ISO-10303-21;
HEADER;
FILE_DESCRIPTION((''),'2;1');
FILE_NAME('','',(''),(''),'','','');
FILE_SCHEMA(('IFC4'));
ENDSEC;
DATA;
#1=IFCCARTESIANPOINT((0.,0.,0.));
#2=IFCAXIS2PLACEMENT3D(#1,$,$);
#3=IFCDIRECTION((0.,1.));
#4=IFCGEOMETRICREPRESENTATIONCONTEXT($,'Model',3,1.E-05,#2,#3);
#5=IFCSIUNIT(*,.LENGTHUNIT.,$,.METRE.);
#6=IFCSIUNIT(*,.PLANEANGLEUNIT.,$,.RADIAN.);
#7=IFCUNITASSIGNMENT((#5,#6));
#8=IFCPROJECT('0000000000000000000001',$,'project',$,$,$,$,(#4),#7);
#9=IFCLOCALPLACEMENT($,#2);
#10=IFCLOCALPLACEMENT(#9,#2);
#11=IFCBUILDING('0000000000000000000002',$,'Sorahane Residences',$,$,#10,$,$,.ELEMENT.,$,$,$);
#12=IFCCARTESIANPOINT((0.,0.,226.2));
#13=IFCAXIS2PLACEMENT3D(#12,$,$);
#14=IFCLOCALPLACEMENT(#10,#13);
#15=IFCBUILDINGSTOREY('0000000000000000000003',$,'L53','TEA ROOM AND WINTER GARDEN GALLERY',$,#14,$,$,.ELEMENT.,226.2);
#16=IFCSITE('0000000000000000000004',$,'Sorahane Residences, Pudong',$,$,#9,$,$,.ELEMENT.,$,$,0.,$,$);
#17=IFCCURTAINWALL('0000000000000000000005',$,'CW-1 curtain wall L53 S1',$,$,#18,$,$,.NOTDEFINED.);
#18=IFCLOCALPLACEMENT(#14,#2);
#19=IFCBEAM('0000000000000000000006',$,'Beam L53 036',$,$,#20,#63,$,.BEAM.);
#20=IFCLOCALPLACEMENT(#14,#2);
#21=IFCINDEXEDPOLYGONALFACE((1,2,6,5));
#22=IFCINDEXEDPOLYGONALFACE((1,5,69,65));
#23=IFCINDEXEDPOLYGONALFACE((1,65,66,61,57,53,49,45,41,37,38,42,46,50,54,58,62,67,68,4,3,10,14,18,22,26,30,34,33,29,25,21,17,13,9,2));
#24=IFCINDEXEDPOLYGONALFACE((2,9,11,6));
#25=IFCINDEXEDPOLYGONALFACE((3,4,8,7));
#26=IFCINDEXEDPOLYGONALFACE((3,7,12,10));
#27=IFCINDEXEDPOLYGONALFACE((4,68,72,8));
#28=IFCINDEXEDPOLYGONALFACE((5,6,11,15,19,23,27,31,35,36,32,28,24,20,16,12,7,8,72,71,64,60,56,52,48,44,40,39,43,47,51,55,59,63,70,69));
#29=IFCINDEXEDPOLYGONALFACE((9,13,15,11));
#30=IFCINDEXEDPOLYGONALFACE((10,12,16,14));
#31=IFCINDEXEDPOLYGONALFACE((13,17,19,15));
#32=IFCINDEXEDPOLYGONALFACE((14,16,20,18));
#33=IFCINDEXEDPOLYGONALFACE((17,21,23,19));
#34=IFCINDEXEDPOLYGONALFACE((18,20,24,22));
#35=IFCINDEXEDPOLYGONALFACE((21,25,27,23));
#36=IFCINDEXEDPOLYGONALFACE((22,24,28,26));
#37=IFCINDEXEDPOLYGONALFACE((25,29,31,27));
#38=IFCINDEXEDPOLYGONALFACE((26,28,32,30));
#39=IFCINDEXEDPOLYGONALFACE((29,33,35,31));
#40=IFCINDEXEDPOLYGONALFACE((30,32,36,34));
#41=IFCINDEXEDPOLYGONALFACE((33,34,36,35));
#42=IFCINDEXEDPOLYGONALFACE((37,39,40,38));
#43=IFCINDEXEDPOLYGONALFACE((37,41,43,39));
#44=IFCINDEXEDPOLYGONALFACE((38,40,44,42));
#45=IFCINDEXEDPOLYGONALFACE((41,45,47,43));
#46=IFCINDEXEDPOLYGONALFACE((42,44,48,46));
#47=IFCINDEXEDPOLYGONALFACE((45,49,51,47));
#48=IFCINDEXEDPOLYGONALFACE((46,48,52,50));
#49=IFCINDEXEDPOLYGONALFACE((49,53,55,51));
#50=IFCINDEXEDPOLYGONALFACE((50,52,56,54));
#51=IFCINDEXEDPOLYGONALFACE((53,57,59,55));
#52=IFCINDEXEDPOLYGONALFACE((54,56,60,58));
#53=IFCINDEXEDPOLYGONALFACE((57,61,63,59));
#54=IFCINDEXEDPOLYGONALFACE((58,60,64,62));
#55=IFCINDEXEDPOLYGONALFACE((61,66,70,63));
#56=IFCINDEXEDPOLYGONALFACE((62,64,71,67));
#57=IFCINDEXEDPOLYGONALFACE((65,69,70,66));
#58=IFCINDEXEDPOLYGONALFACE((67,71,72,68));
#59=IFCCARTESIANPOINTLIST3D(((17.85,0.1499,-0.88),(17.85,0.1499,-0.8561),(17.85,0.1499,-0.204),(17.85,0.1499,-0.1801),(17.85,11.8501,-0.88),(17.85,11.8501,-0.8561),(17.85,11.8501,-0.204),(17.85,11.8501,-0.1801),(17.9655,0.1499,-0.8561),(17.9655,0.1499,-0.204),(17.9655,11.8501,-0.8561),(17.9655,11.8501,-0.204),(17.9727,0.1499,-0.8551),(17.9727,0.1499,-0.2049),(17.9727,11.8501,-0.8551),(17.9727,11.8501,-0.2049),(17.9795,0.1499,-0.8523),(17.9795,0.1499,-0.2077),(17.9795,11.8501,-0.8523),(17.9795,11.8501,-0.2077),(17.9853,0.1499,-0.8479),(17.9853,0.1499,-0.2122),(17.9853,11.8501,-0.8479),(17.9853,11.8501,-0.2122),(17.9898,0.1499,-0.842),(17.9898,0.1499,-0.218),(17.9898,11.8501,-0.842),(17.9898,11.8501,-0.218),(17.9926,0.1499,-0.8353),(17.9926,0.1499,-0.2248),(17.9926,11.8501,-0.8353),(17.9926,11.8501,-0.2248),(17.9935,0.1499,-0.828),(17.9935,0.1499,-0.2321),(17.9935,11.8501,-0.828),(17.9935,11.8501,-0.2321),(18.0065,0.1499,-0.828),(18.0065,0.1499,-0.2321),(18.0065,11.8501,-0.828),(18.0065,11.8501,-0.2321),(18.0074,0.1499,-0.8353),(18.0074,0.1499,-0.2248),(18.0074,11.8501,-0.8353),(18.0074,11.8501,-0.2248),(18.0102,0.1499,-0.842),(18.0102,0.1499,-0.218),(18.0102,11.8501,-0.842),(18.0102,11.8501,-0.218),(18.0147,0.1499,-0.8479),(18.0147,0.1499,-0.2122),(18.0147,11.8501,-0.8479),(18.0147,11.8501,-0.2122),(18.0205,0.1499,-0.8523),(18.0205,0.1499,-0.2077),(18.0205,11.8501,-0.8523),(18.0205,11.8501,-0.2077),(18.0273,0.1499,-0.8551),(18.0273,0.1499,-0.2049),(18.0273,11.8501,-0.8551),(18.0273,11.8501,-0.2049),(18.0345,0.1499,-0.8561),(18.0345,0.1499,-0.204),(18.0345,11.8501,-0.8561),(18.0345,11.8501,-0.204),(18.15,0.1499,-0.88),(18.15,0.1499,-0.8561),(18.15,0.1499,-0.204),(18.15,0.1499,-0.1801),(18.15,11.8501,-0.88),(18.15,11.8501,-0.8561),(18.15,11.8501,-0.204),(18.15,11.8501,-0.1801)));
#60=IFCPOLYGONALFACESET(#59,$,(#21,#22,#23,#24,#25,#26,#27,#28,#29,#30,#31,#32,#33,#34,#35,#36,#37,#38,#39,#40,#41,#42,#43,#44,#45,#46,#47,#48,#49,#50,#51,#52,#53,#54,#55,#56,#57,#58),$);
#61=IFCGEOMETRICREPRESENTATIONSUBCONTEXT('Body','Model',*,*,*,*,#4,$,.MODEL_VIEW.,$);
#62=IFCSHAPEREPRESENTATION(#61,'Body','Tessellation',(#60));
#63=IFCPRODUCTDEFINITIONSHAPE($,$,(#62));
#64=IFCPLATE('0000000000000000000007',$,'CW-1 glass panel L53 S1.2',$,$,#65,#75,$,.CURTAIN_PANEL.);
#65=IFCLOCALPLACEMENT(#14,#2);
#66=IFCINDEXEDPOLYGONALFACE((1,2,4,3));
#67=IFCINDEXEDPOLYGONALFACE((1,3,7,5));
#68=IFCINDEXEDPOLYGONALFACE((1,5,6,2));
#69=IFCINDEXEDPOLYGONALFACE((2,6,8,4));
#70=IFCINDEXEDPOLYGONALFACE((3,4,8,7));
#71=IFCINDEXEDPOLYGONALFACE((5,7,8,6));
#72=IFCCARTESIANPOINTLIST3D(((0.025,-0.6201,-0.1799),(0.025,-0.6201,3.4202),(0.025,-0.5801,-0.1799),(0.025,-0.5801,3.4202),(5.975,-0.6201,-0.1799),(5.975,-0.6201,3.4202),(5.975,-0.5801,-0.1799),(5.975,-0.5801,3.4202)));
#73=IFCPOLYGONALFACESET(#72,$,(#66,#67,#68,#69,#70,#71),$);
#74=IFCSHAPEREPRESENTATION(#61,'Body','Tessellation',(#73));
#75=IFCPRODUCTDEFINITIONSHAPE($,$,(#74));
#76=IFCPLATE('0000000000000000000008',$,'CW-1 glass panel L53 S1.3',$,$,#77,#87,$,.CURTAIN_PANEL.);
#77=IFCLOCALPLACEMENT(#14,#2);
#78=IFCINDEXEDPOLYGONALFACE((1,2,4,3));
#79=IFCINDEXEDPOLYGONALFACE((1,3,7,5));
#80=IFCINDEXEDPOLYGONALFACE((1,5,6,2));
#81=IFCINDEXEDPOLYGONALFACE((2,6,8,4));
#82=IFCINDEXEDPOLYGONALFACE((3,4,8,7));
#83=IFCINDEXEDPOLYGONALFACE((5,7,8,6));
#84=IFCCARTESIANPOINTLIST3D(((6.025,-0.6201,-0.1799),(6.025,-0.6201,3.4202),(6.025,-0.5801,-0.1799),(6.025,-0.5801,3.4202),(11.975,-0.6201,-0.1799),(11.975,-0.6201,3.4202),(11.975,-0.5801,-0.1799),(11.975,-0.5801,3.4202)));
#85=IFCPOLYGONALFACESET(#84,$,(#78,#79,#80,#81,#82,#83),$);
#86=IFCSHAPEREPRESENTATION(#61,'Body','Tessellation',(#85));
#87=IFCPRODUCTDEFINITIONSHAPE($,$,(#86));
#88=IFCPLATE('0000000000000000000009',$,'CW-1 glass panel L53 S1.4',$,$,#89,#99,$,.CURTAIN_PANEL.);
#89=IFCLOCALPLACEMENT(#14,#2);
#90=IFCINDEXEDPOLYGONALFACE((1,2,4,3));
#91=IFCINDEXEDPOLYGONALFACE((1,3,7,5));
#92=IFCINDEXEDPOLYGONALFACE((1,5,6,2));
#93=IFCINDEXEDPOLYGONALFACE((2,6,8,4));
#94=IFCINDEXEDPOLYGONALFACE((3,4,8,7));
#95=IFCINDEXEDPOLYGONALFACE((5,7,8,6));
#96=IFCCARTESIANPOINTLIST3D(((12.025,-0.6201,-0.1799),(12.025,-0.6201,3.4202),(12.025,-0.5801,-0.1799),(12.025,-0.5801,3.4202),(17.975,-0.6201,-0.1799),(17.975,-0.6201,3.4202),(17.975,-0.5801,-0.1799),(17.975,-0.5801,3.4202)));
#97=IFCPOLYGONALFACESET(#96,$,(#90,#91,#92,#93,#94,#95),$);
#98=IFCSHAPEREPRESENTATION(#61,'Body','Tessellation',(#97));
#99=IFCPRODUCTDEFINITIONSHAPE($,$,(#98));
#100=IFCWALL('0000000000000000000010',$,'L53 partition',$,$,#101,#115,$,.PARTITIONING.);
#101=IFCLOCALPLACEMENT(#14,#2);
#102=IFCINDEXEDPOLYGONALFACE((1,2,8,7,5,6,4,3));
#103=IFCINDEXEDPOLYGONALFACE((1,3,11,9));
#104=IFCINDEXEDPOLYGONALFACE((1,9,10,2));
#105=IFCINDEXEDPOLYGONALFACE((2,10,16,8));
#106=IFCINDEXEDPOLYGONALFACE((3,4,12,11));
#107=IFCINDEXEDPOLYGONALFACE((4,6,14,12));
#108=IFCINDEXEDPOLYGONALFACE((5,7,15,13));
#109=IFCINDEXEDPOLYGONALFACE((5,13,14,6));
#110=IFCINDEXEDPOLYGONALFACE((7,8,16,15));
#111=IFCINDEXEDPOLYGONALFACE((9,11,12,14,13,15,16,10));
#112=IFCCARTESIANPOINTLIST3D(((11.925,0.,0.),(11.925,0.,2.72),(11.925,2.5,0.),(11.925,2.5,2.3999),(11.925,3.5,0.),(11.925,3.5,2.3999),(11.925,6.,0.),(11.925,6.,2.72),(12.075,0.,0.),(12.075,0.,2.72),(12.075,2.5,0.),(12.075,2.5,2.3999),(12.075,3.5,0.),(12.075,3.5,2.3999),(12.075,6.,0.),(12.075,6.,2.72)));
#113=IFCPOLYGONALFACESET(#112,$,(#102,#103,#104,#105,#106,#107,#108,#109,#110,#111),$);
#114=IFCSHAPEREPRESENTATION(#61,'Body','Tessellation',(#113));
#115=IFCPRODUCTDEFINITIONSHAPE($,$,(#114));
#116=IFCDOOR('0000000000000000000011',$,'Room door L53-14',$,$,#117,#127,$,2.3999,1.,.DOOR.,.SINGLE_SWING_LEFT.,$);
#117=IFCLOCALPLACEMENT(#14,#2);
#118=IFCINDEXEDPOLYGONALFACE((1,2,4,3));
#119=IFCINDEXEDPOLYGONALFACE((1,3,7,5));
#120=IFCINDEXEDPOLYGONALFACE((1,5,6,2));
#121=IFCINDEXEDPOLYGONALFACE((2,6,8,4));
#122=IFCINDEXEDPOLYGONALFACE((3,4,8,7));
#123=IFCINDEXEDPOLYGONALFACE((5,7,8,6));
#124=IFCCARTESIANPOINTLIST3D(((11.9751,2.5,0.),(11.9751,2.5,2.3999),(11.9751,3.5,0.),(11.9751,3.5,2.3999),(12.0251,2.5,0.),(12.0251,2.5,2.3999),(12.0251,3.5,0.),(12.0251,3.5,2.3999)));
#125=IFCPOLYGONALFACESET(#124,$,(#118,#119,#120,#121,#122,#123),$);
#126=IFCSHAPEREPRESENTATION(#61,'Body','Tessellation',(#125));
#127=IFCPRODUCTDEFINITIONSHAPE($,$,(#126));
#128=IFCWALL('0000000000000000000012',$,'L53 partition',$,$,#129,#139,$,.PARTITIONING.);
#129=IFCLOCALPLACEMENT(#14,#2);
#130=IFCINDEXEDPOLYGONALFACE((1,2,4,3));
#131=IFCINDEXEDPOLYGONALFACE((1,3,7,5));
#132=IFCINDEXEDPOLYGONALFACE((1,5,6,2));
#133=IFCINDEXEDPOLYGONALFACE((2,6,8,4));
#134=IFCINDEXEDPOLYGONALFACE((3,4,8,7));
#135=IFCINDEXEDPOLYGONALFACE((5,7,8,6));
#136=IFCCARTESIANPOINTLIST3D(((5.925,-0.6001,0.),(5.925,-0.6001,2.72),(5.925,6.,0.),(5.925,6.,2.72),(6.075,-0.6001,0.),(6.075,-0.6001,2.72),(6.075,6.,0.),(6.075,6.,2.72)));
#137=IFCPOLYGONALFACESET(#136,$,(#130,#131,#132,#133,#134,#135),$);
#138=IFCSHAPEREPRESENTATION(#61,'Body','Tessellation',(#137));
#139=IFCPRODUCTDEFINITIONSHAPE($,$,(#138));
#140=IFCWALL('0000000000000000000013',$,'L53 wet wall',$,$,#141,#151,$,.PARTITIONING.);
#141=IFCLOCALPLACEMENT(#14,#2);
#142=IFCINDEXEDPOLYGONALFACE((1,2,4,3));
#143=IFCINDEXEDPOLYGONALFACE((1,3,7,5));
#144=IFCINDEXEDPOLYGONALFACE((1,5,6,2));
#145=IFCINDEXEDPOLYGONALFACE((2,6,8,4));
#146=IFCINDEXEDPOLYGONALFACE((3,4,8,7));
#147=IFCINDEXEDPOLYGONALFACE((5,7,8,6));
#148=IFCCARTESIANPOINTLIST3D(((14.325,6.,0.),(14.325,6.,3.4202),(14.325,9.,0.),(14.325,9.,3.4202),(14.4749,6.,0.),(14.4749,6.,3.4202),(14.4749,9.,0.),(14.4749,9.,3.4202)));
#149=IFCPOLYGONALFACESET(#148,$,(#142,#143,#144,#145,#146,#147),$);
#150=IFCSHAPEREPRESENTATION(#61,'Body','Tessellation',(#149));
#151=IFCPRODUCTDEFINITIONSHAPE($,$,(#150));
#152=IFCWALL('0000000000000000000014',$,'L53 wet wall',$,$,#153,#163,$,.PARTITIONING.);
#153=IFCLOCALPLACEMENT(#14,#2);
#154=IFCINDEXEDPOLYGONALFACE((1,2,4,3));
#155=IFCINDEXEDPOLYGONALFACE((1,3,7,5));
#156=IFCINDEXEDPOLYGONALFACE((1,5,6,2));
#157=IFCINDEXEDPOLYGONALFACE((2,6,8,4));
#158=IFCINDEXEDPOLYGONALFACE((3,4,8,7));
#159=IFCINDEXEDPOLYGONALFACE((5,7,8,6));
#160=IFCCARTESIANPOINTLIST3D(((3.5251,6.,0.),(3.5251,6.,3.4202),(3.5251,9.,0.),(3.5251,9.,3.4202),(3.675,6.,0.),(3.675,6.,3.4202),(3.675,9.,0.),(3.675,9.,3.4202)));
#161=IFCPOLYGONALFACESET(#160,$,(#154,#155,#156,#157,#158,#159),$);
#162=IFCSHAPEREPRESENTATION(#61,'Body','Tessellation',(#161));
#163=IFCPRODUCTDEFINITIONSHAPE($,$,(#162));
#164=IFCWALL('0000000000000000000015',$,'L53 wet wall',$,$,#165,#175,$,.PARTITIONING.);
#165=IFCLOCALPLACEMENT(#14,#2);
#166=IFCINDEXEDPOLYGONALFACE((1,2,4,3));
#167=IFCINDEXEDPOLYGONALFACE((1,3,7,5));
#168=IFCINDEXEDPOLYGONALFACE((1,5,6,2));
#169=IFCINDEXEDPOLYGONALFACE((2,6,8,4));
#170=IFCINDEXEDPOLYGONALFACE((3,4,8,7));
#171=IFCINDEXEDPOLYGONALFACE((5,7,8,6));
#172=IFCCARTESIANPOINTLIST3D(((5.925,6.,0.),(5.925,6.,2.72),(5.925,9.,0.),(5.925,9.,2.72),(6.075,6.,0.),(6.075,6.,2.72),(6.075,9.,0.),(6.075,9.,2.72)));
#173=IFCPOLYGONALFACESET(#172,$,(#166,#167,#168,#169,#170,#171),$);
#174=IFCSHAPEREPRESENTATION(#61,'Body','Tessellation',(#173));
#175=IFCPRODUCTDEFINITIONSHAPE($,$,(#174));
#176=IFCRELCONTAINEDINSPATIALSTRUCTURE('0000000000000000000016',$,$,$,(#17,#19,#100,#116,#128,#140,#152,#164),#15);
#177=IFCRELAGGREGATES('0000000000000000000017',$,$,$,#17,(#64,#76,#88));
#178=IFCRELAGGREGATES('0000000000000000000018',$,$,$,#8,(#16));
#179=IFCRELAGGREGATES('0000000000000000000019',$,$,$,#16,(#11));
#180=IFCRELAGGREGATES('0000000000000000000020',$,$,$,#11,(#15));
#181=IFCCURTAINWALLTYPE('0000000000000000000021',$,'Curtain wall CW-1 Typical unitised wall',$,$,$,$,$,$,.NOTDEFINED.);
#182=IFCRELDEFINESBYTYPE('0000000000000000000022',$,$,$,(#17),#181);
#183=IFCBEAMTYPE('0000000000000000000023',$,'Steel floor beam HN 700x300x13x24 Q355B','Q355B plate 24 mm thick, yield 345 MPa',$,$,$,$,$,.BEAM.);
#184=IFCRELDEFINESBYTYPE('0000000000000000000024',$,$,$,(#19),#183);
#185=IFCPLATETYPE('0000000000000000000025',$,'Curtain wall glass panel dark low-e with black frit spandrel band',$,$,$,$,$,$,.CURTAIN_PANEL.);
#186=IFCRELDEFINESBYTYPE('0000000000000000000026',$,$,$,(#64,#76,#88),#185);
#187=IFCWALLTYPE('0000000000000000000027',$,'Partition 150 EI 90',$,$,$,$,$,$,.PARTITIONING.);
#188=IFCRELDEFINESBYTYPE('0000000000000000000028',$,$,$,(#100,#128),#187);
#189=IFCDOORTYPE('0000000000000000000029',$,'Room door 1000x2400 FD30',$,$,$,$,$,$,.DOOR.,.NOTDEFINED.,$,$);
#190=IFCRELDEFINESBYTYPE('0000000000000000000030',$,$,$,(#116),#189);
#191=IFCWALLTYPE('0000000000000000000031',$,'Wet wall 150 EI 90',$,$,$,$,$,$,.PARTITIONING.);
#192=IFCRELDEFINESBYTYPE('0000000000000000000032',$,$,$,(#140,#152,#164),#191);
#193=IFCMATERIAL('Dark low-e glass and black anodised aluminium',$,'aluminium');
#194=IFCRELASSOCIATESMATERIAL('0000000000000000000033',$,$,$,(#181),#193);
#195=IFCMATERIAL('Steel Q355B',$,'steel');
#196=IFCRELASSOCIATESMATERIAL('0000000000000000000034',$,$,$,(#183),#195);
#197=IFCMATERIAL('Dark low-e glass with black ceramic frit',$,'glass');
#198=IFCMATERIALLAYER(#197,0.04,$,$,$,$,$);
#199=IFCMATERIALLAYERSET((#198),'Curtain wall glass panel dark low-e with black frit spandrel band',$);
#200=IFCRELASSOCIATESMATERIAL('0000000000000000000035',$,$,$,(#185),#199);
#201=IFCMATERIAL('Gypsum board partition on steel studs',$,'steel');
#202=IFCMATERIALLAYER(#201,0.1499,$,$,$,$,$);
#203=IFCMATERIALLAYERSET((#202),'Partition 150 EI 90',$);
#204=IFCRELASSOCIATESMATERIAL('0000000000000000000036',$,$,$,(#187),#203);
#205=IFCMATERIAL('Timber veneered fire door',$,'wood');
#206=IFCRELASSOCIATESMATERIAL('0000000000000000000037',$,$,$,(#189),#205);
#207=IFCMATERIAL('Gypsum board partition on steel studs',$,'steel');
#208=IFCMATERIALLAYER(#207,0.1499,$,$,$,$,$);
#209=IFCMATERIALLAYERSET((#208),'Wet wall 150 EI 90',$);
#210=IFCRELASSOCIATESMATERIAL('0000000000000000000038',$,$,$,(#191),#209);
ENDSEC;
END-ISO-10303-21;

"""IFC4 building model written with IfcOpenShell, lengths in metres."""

from ifc_helpers import new_model, si_unit, direction, frame, frame_2d, origin, origin_2d, place, context, subcontext, project, spatial, rectangle, i_section, extrude, material, layer, layer_set, material_profile, profile_set, type_object, element, fill, aggregate, save


model = new_model("IFC4")

# Units and contexts
model_context = context("Model", 3, precision=1e-05, world=origin(), true_north=direction((0.0, 1.0)))
body_context = subcontext(model_context, "Body", "Model", "MODEL_VIEW")
ifc_project = project(units=[si_unit("LENGTHUNIT", "METRE"), si_unit("PLANEANGLEUNIT", "RADIAN")], contexts=[model_context])

# Site, building, storey
site_placement = place(None, origin())
site = spatial("IfcSite", under=ifc_project, at=site_placement, Name="Sorahane Residences, Pudong", CompositionType="ELEMENT", RefElevation=0.0)
building_placement = place(site_placement, origin())
building = spatial("IfcBuilding", under=site, at=building_placement, Name="Sorahane Residences", CompositionType="ELEMENT")
storey_placement = place(building_placement, frame((0.0, 0.0, 226.2)))
storey = spatial("IfcBuildingStorey", under=building, at=storey_placement, Name="L53", Description="TEA ROOM AND WINTER GARDEN GALLERY", CompositionType="ELEMENT", Elevation=226.2)

# Curtain wall
ifc_material_1 = material(Name="Dark low-e glass and black anodised aluminium", Category="aluminium")
curtain_wall_type = type_object("IfcCurtainWallType", Name="Curtain wall CW-1 Typical unitised wall", PredefinedType="NOTDEFINED", material=ifc_material_1)
curtain_wall_placement = place(storey_placement, origin())
curtain_wall = element("IfcCurtainWall", 1, at=curtain_wall_placement, inside=storey, type_object=curtain_wall_type, Name="CW-1 curtain wall L53 S1", PredefinedType="NOTDEFINED")

# Beam
ifc_material_2 = material(Name="Steel Q355B", Category="steel")
ifc_material_profile_1 = material_profile(ifc_material_2, i_section(OverallWidth=0.3, OverallDepth=0.7, WebThickness=0.0129, FlangeThickness=0.0239, FilletRadius=0.0281, at=origin_2d()), Name="HN 700x300x13x24")
ifc_profile_set_1 = profile_set([ifc_material_profile_1], Name="Steel Q355B")
beam_type_1 = type_object("IfcBeamType", Name="Steel floor beam HN 700x300x13x24 Q355B", Description="Q355B plate 24 mm thick, yield 345 MPa", PredefinedType="BEAM", material=ifc_profile_set_1)
beam_1_placement = place(storey_placement, frame((18.0, 0.1499, -0.53), z_axis=(0.0, 1.0, 0.0), x_axis=(-1.0, 0.0, 0.0)))
element("IfcBeam", 2, at=beam_1_placement, inside=storey, type_object=beam_type_1, Name="Beam L53 036", PredefinedType="BEAM", context=body_context, shape_type="SweptSolid", body=[
    extrude(i_section(OverallWidth=0.3, OverallDepth=0.7, WebThickness=0.0129, FlangeThickness=0.0239, FilletRadius=0.0281, at=origin_2d()), origin(), (0.0, 0.0, 1.0), 11.7002),
])

# Plates
ifc_material_3 = material(Name="Dark low-e glass with black ceramic frit", Category="glass")
ifc_layer_1 = layer(ifc_material_3, 0.04)
ifc_layer_set_1 = layer_set([ifc_layer_1], Name="Curtain wall glass panel dark low-e with black frit spandrel band")
plate_type = type_object("IfcPlateType", Name="Curtain wall glass panel dark low-e with black frit spandrel band", PredefinedType="CURTAIN_PANEL", material=ifc_layer_set_1)
plate_1_placement = place(storey_placement, frame((3.0, -0.6001, -0.1799), z_axis=(0.0, 0.0, 1.0), x_axis=(1.0, 0.0, 0.0)))
plate_1 = element("IfcPlate", 3, at=plate_1_placement, type_object=plate_type, Name="CW-1 glass panel L53 S1.2", PredefinedType="CURTAIN_PANEL", context=body_context, shape_type="SweptSolid", body=[
    extrude(rectangle(XDim=5.95, YDim=0.04, at=origin_2d()), origin(), (0.0, 0.0, 1.0), 3.6001),
])
plate_2_placement = place(storey_placement, frame((9.0, -0.6001, -0.1799), z_axis=(0.0, 0.0, 1.0), x_axis=(1.0, 0.0, 0.0)))
plate_2 = element("IfcPlate", 4, at=plate_2_placement, type_object=plate_type, Name="CW-1 glass panel L53 S1.3", PredefinedType="CURTAIN_PANEL", context=body_context, shape_type="SweptSolid", body=[
    extrude(rectangle(XDim=5.95, YDim=0.04, at=origin_2d()), origin(), (0.0, 0.0, 1.0), 3.6001),
])
plate_3_placement = place(storey_placement, frame((15.0, -0.6001, -0.1799), z_axis=(0.0, 0.0, 1.0), x_axis=(1.0, 0.0, 0.0)))
plate_3 = element("IfcPlate", 5, at=plate_3_placement, type_object=plate_type, Name="CW-1 glass panel L53 S1.4", PredefinedType="CURTAIN_PANEL", context=body_context, shape_type="SweptSolid", body=[
    extrude(rectangle(XDim=5.95, YDim=0.04, at=origin_2d()), origin(), (0.0, 0.0, 1.0), 3.6001),
])
aggregate(curtain_wall, [plate_1, plate_2, plate_3])

# Wall, opening, door
ifc_material_4 = material(Name="Gypsum board partition on steel studs", Category="steel")
ifc_layer_2 = layer(ifc_material_4, 0.1499)
ifc_layer_set_2 = layer_set([ifc_layer_2], Name="Partition 150 EI 90")
wall_type_1 = type_object("IfcWallType", Name="Partition 150 EI 90", PredefinedType="PARTITIONING", material=ifc_layer_set_2)
wall_1_placement = place(storey_placement, frame((12.0, 0.0, 0.0), z_axis=(0.0, 0.0, 1.0), x_axis=(0.0, 1.0, 0.0)))
wall_1 = element("IfcWall", 6, at=wall_1_placement, inside=storey, type_object=wall_type_1, Name="L53 partition", PredefinedType="PARTITIONING", context=body_context, shape_type="SweptSolid", body=[
    extrude(rectangle(XDim=6.0, YDim=0.1499, at=frame_2d((3.0, 0.0))), origin(), (0.0, 0.0, 1.0), 2.72),
])
opening_1_placement = place(wall_1_placement, frame((2.5, 0.0, 0.0)))
opening_1 = element("IfcOpeningElement", 7, at=opening_1_placement, cuts=wall_1, PredefinedType="OPENING", context=body_context, shape_type="SweptSolid", body=[
    extrude(rectangle(XDim=1.0, YDim=2.3999, at=frame_2d((0.5, 1.2))), frame((0.0, 0.085, 0.0), z_axis=(0.0, -1.0, 0.0), x_axis=(1.0, 0.0, 0.0)), (0.0, 0.0, 1.0), 0.1699),
])
ifc_material_5 = material(Name="Timber veneered fire door", Category="wood")
door_type_1 = type_object("IfcDoorType", Name="Room door 1000x2400 FD30", OperationType="NOTDEFINED", PredefinedType="DOOR", material=ifc_material_5)
door_1_placement = place(opening_1_placement, origin())
door_1 = element("IfcDoor", 8, at=door_1_placement, inside=storey, type_object=door_type_1, Name="Room door L53-14", OperationType="SINGLE_SWING_LEFT", OverallHeight=2.3999, OverallWidth=1.0, PredefinedType="DOOR", context=body_context, shape_type="SweptSolid", body=[
    extrude(rectangle(XDim=1.0, YDim=2.3999, at=frame_2d((0.5, 1.2))), frame((0.0, 0.0249, 0.0), z_axis=(0.0, -1.0, 0.0), x_axis=(1.0, 0.0, 0.0)), (0.0, 0.0, 1.0), 0.05),
])
fill(opening_1, door_1)

# Wall
wall_2_placement = place(storey_placement, frame((6.0, -0.6001, 0.0), z_axis=(0.0, 0.0, 1.0), x_axis=(0.0, 1.0, 0.0)))
element("IfcWall", 9, at=wall_2_placement, inside=storey, type_object=wall_type_1, Name="L53 partition", PredefinedType="PARTITIONING", context=body_context, shape_type="SweptSolid", body=[
    extrude(rectangle(XDim=6.6001, YDim=0.1499, at=frame_2d((3.3, 0.0))), origin(), (0.0, 0.0, 1.0), 2.72),
])

# Walls
ifc_material_6 = material(Name="Gypsum board partition on steel studs", Category="steel")
ifc_layer_3 = layer(ifc_material_6, 0.1499)
ifc_layer_set_3 = layer_set([ifc_layer_3], Name="Wet wall 150 EI 90")
wall_type_2 = type_object("IfcWallType", Name="Wet wall 150 EI 90", PredefinedType="PARTITIONING", material=ifc_layer_set_3)
for number, where, z_axis, x_axis, name in (
    (10, (14.3999, 6.0, 0.0), (0.0, 0.0, 1.0), (0.0, 1.0, 0.0), "L53 wet wall"),
    (11, (3.6001, 6.0, 0.0), (0.0, 0.0, 1.0), (0.0, 1.0, 0.0), "L53 wet wall"),
):
    element("IfcWall", number, at=place(storey_placement, frame(where, z_axis=z_axis, x_axis=x_axis)), inside=storey, type_object=wall_type_2, Name=name, PredefinedType="PARTITIONING", context=body_context, shape_type="SweptSolid", body=[
        extrude(rectangle(XDim=3.0, YDim=0.1499, at=frame_2d((1.5, 0.0))), origin(), (0.0, 0.0, 1.0), 3.4202),
    ])
wall_3_placement = place(storey_placement, frame((6.0, 6.0, 0.0), z_axis=(0.0, 0.0, 1.0), x_axis=(0.0, 1.0, 0.0)))
element("IfcWall", 12, at=wall_3_placement, inside=storey, type_object=wall_type_2, Name="L53 wet wall", PredefinedType="PARTITIONING", context=body_context, shape_type="SweptSolid", body=[
    extrude(rectangle(XDim=3.0, YDim=0.1499, at=frame_2d((1.5, 0.0))), origin(), (0.0, 0.0, 1.0), 2.72),
])

save(model, "model.ifc")
